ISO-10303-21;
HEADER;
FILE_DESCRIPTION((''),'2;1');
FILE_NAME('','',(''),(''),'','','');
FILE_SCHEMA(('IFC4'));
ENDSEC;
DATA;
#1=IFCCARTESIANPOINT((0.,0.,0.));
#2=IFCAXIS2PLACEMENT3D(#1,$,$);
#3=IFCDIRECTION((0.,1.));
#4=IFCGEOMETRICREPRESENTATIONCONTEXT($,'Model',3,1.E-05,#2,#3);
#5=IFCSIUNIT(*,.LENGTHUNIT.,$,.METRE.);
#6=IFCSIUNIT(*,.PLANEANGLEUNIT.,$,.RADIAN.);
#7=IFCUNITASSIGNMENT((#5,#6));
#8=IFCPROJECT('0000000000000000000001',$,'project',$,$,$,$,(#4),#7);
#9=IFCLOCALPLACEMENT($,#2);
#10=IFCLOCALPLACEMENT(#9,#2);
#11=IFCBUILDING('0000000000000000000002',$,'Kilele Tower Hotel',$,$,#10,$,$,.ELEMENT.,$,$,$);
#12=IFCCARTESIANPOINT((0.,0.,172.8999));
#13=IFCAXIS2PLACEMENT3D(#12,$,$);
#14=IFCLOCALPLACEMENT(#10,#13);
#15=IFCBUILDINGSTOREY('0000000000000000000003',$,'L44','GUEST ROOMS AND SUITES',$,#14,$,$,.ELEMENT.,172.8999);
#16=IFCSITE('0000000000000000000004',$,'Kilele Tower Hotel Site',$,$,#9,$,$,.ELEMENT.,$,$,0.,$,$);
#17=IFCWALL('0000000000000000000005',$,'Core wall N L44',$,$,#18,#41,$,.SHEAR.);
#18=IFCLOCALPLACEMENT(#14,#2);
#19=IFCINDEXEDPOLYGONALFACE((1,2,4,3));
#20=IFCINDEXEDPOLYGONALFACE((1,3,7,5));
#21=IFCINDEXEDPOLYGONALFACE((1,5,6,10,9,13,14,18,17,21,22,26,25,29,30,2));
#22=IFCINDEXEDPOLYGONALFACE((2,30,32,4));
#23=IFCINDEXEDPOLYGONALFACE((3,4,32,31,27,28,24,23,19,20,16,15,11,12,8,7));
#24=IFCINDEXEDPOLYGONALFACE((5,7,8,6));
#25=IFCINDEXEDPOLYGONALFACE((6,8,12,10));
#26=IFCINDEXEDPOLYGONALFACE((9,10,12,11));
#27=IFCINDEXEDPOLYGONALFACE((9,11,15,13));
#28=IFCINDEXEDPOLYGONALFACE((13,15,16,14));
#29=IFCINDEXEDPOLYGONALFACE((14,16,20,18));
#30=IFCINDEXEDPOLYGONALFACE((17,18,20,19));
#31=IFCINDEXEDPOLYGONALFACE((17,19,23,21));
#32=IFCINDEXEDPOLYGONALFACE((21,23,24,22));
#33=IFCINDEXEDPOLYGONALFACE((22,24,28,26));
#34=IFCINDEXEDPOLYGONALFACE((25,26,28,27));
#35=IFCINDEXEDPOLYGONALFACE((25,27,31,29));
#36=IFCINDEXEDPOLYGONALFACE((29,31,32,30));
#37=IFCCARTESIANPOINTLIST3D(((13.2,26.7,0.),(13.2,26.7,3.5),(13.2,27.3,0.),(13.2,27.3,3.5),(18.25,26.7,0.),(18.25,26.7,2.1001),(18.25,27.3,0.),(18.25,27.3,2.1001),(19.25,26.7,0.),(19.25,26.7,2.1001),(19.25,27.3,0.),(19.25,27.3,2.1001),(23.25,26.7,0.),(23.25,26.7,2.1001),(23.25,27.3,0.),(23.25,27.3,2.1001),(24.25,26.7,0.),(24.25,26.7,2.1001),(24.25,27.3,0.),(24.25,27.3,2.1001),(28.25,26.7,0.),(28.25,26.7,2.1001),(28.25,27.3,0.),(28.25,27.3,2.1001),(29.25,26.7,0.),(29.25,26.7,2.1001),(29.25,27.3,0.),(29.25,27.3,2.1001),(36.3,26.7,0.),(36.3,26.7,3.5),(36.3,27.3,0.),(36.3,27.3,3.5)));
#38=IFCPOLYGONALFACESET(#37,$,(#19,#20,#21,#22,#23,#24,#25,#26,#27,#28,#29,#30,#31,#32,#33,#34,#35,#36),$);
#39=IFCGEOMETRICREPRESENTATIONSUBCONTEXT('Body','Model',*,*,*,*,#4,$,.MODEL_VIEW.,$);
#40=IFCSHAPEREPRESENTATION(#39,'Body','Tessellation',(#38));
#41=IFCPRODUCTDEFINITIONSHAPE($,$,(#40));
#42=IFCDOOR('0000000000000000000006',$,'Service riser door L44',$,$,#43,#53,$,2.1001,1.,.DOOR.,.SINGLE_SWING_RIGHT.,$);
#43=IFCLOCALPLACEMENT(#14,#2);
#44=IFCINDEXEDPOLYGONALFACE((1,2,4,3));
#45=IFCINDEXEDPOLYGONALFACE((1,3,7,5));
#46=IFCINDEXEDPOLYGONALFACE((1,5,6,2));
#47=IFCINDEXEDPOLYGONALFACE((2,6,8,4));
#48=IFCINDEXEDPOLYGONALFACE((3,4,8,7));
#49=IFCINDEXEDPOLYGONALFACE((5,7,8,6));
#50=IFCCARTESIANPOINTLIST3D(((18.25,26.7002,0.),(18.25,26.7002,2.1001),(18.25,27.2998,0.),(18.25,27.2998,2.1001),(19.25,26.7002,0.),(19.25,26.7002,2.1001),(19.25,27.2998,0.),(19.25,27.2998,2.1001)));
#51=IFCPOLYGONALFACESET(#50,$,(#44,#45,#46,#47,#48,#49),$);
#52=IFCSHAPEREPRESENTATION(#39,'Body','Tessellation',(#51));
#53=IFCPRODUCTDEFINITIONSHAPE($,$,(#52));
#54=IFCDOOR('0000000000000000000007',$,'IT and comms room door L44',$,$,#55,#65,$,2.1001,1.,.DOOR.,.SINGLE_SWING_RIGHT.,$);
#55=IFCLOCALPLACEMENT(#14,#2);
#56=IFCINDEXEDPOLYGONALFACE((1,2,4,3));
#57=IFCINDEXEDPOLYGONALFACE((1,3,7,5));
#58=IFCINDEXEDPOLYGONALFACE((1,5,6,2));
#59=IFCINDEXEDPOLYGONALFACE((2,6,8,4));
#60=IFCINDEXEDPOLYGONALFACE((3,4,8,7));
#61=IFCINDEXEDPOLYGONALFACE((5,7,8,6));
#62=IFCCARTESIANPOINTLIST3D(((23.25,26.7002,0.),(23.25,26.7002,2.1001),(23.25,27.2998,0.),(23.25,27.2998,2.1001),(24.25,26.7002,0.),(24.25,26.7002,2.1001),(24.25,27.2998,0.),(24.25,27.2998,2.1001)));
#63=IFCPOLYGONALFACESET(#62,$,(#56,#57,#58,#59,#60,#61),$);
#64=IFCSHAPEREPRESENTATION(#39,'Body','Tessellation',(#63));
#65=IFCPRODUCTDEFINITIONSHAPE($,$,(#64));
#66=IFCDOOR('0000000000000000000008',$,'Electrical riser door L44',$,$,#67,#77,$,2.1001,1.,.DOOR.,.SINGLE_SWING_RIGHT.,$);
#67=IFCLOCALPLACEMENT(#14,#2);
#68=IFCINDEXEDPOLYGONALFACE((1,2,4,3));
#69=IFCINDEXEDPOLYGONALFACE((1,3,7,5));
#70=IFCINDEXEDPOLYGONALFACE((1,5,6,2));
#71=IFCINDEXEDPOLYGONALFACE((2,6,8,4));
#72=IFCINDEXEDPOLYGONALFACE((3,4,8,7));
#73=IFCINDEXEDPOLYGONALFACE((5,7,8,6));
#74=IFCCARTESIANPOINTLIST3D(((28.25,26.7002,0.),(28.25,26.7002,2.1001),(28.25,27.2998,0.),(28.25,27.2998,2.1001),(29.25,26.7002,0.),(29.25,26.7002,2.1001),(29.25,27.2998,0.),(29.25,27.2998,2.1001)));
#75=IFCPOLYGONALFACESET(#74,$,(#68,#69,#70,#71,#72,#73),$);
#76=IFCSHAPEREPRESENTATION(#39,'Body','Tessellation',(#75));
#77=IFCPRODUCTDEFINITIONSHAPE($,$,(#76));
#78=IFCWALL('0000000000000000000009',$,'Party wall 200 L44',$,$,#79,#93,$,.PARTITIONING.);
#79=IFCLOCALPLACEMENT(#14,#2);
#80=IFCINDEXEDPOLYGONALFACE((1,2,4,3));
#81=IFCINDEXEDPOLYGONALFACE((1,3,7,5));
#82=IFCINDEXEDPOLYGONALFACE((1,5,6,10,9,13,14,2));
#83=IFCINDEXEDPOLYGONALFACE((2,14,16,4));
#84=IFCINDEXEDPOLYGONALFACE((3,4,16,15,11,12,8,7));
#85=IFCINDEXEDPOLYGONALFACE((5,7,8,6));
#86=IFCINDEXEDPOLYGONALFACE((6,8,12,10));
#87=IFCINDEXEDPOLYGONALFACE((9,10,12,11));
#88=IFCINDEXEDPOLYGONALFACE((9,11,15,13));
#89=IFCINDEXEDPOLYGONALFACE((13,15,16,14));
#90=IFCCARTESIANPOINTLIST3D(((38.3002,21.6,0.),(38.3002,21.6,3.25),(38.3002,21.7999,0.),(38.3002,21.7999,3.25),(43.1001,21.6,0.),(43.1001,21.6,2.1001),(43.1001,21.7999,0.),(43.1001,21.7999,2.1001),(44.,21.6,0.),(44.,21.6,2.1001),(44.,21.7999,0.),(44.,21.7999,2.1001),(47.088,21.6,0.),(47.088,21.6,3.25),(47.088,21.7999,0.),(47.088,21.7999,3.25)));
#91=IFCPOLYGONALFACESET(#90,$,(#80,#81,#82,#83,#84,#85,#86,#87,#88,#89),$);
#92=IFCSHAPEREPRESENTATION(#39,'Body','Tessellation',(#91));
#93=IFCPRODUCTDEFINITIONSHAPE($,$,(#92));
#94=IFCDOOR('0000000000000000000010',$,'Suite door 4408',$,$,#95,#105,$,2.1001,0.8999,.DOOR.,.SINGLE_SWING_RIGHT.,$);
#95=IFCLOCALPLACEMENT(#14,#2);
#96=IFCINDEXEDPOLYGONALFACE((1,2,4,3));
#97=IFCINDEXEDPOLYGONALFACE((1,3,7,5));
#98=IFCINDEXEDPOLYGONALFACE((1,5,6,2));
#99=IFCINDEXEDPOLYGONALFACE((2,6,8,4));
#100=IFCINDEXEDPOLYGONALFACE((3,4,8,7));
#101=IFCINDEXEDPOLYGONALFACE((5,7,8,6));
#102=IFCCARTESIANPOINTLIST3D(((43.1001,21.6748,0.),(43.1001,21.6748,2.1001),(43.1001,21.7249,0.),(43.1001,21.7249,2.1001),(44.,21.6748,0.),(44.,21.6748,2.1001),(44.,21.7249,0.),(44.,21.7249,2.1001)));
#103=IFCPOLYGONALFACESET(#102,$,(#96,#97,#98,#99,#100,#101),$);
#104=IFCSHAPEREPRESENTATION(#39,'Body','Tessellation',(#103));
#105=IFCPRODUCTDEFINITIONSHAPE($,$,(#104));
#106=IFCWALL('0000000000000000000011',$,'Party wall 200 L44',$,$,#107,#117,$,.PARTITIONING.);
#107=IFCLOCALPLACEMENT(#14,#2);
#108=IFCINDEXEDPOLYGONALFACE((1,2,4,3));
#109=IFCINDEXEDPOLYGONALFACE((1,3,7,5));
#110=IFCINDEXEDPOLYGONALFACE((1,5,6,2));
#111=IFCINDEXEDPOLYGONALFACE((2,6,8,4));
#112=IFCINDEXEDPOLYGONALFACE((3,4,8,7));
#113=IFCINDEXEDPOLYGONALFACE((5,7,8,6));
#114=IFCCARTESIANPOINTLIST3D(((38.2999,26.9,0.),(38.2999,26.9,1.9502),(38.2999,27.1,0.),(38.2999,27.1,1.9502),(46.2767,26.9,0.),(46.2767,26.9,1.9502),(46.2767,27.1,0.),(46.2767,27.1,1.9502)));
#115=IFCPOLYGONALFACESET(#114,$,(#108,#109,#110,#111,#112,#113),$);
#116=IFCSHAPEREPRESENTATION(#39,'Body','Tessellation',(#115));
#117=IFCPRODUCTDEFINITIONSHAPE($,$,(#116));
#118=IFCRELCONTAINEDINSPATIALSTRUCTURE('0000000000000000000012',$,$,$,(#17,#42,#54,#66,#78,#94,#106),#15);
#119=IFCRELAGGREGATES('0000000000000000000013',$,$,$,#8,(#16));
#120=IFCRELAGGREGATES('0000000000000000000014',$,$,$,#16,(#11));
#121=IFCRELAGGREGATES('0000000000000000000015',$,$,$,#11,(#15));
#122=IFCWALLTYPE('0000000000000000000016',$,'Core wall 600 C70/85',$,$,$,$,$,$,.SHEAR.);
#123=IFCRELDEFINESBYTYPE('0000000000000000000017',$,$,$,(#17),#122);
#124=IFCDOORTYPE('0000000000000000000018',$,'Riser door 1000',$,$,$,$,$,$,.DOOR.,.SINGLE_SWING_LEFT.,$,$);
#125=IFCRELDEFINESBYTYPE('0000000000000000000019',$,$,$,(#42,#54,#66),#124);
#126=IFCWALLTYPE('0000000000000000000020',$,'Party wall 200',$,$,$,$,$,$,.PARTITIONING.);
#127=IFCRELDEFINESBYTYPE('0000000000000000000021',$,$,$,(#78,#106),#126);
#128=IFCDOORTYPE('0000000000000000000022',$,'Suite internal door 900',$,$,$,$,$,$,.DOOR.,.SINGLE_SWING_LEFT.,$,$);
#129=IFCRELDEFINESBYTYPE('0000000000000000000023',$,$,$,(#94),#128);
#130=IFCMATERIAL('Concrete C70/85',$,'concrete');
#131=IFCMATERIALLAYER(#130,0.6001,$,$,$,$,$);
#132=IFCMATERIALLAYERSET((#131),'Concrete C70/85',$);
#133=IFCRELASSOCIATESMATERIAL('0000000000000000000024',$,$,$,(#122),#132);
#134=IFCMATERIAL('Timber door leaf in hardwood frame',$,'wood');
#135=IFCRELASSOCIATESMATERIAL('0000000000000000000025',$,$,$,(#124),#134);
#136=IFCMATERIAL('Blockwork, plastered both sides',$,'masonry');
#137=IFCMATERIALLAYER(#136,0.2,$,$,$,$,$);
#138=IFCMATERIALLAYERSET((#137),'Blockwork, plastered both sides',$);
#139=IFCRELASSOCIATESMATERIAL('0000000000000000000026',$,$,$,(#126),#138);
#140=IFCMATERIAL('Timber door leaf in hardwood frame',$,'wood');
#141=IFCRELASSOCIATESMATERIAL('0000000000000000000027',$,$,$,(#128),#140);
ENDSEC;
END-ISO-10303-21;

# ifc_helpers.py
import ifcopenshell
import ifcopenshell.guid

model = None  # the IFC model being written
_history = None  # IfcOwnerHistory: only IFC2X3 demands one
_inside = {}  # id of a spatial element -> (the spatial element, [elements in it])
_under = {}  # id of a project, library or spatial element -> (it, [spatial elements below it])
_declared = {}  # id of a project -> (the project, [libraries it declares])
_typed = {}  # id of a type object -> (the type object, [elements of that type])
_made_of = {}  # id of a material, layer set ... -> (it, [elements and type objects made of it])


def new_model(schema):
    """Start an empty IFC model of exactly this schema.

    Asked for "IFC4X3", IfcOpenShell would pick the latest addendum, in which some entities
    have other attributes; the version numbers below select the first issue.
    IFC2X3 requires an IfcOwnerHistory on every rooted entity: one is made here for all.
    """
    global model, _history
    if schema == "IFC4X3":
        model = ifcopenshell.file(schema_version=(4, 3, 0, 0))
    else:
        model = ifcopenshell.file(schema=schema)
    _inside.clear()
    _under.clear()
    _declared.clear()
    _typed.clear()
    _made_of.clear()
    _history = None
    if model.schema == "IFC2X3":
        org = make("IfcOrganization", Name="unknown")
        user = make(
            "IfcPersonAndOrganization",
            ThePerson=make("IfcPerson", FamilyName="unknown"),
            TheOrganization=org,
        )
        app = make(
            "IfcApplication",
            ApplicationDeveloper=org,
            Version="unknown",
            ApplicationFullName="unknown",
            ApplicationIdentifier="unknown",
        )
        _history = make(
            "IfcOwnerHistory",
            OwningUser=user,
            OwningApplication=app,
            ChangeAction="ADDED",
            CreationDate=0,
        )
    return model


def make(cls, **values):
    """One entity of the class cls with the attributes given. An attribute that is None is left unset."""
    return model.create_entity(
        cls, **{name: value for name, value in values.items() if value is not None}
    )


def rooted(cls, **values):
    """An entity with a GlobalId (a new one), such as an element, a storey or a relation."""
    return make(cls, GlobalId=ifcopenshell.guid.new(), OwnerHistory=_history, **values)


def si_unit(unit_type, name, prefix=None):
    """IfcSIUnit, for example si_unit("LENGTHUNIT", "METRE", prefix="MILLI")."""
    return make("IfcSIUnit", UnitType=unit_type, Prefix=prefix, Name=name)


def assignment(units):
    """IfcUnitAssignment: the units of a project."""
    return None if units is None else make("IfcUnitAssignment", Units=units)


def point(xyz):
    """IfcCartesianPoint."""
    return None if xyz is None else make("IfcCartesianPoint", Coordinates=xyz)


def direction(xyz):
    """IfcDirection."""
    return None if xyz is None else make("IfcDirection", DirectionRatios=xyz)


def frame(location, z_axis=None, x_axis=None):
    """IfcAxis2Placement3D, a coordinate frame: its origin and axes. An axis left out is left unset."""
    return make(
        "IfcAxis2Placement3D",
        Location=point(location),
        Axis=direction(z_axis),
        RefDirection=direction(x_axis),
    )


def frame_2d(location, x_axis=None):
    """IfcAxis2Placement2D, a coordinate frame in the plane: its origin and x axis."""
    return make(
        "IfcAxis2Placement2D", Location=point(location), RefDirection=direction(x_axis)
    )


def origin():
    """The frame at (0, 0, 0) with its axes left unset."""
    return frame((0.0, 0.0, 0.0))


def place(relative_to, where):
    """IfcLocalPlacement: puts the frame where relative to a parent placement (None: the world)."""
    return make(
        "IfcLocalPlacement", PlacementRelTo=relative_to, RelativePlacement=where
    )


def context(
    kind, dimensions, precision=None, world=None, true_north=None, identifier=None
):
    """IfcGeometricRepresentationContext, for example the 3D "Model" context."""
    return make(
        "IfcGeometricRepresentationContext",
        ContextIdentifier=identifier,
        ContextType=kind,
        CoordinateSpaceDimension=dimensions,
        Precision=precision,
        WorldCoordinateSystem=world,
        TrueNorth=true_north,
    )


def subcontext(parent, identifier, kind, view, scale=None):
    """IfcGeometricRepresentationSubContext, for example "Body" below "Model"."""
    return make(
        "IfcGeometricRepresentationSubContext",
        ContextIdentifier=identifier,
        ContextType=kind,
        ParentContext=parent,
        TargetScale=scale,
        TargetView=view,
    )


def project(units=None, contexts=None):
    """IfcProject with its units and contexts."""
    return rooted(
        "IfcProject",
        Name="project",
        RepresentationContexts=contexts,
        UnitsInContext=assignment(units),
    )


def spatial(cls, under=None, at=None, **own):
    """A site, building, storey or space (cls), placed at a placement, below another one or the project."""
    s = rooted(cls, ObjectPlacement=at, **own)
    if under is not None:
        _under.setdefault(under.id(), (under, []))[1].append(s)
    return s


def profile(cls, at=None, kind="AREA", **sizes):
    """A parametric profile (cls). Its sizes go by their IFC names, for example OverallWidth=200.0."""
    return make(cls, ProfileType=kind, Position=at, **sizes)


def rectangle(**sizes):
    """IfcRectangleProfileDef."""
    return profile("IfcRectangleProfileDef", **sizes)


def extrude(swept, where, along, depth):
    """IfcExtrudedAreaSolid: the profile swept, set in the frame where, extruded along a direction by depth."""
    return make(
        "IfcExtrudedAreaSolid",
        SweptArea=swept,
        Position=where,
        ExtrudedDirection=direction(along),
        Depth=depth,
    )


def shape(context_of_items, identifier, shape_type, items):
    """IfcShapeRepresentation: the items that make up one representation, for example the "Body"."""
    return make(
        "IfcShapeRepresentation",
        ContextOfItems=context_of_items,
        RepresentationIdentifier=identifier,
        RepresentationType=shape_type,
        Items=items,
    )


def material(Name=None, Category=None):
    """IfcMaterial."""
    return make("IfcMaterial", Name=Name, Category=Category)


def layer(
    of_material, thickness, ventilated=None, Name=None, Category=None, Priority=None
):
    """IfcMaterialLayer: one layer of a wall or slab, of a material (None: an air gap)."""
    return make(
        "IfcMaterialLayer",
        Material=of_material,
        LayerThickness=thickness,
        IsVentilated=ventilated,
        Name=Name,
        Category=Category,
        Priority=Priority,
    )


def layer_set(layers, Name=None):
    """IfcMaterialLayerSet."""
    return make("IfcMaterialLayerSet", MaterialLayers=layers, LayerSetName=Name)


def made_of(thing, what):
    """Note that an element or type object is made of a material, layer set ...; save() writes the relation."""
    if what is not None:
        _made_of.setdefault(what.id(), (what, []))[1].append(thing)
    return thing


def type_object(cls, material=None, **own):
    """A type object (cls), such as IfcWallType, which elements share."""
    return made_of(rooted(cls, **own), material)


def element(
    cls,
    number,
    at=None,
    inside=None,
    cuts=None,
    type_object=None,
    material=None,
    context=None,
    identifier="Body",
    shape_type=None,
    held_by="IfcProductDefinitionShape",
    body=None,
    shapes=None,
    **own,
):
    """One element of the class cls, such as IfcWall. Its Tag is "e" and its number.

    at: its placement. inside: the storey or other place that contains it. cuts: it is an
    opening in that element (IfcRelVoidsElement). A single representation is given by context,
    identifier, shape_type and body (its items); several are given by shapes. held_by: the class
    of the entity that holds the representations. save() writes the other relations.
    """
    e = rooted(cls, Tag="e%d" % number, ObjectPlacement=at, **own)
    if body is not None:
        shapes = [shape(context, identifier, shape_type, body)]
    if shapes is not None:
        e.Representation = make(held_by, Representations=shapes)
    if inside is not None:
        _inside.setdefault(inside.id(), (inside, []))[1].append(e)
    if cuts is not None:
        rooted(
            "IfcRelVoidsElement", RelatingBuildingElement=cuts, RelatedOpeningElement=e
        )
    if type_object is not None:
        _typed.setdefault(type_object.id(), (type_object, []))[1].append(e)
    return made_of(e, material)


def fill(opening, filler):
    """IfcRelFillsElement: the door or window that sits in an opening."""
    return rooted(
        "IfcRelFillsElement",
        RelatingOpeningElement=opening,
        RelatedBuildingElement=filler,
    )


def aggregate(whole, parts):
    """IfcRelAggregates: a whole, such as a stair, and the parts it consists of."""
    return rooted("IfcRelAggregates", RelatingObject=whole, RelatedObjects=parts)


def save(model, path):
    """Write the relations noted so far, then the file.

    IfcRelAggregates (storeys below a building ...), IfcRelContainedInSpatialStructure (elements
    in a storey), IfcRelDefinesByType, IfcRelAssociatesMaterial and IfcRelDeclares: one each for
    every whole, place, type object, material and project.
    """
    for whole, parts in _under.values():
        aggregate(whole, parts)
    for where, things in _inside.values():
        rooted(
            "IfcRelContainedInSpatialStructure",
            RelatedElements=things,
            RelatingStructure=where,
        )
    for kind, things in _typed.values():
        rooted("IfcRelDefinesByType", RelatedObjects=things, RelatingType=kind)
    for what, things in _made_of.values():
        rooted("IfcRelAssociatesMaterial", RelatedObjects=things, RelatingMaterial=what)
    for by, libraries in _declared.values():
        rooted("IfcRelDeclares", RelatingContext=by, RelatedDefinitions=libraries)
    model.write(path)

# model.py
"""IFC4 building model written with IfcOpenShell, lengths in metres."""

from ifc_helpers import new_model, si_unit, direction, frame, frame_2d, origin, place, context, subcontext, project, spatial, rectangle, extrude, material, layer, layer_set, type_object, element, fill, save


model = new_model("IFC4")

# Units and contexts
model_context = context("Model", 3, precision=1e-05, world=origin(), true_north=direction((0.0, 1.0)))
body_context = subcontext(model_context, "Body", "Model", "MODEL_VIEW")
ifc_project = project(units=[si_unit("LENGTHUNIT", "METRE"), si_unit("PLANEANGLEUNIT", "RADIAN")], contexts=[model_context])

# Site, building, storey
site_placement = place(None, origin())
site = spatial("IfcSite", under=ifc_project, at=site_placement, Name="Kilele Tower Hotel Site", CompositionType="ELEMENT", RefElevation=0.0)
building_placement = place(site_placement, origin())
building = spatial("IfcBuilding", under=site, at=building_placement, Name="Kilele Tower Hotel", CompositionType="ELEMENT")
storey_placement = place(building_placement, frame((0.0, 0.0, 172.8999)))
storey = spatial("IfcBuildingStorey", under=building, at=storey_placement, Name="L44", Description="GUEST ROOMS AND SUITES", CompositionType="ELEMENT", Elevation=172.8999)

# Wall, openings, doors
ifc_material_1 = material(Name="Concrete C70/85", Category="concrete")
ifc_layer_1 = layer(ifc_material_1, 0.6001)
ifc_layer_set_1 = layer_set([ifc_layer_1], Name="Concrete C70/85")
wall_type_1 = type_object("IfcWallType", Name="Core wall 600 C70/85", PredefinedType="SHEAR", material=ifc_layer_set_1)
wall_1_placement = place(storey_placement, frame((36.3, 27.0, 0.0), z_axis=(0.0, 0.0, 1.0), x_axis=(-1.0, 0.0, 0.0)))
wall_1 = element("IfcWall", 1, at=wall_1_placement, inside=storey, type_object=wall_type_1, Name="Core wall N L44", PredefinedType="SHEAR", context=body_context, shape_type="SweptSolid", body=[
    extrude(rectangle(XDim=23.1001, YDim=0.6001, at=frame_2d((11.55, 0.0))), origin(), (0.0, 0.0, 1.0), 3.5),
])
opening_1_placement = place(wall_1_placement, frame((17.05, 0.0, 0.0)))
opening_1 = element("IfcOpeningElement", 2, at=opening_1_placement, cuts=wall_1, PredefinedType="OPENING", context=body_context, shape_type="SweptSolid", body=[
    extrude(rectangle(XDim=1.0, YDim=2.1001, at=frame_2d((0.5, 1.05))), frame((0.0, 0.3101, 0.0), z_axis=(0.0, -1.0, 0.0), x_axis=(1.0, 0.0, 0.0)), (0.0, 0.0, 1.0), 0.6201),
])
opening_2_placement = place(wall_1_placement, frame((12.05, 0.0, 0.0)))
opening_2 = element("IfcOpeningElement", 3, at=opening_2_placement, cuts=wall_1, PredefinedType="OPENING", context=body_context, shape_type="SweptSolid", body=[
    extrude(rectangle(XDim=1.0, YDim=2.1001, at=frame_2d((0.5, 1.05))), frame((0.0, 0.3101, 0.0), z_axis=(0.0, -1.0, 0.0), x_axis=(1.0, 0.0, 0.0)), (0.0, 0.0, 1.0), 0.6201),
])
opening_3_placement = place(wall_1_placement, frame((7.05, 0.0, 0.0)))
opening_3 = element("IfcOpeningElement", 4, at=opening_3_placement, cuts=wall_1, PredefinedType="OPENING", context=body_context, shape_type="SweptSolid", body=[
    extrude(rectangle(XDim=1.0, YDim=2.1001, at=frame_2d((0.5, 1.05))), frame((0.0, 0.3101, 0.0), z_axis=(0.0, -1.0, 0.0), x_axis=(1.0, 0.0, 0.0)), (0.0, 0.0, 1.0), 0.6201),
])
ifc_material_2 = material(Name="Timber door leaf in hardwood frame", Category="wood")
door_type_1 = type_object("IfcDoorType", Name="Riser door 1000", OperationType="SINGLE_SWING_LEFT", PredefinedType="DOOR", material=ifc_material_2)
door_1_placement = place(opening_1_placement, origin())
door_1 = element("IfcDoor", 5, at=door_1_placement, inside=storey, type_object=door_type_1, Name="Service riser door L44", OperationType="SINGLE_SWING_RIGHT", OverallHeight=2.1001, OverallWidth=1.0, PredefinedType="DOOR", context=body_context, shape_type="SweptSolid", body=[
    extrude(rectangle(XDim=1.0, YDim=2.1001, at=frame_2d((0.5, 1.05))), frame((0.0, 0.2998, 0.0), z_axis=(0.0, -1.0, 0.0), x_axis=(1.0, 0.0, 0.0)), (0.0, 0.0, 1.0), 0.5996),
])
fill(opening_1, door_1)
door_2_placement = place(opening_2_placement, origin())
door_2 = element("IfcDoor", 6, at=door_2_placement, inside=storey, type_object=door_type_1, Name="IT and comms room door L44", OperationType="SINGLE_SWING_RIGHT", OverallHeight=2.1001, OverallWidth=1.0, PredefinedType="DOOR", context=body_context, shape_type="SweptSolid", body=[
    extrude(rectangle(XDim=1.0, YDim=2.1001, at=frame_2d((0.5, 1.05))), frame((0.0, 0.2998, 0.0), z_axis=(0.0, -1.0, 0.0), x_axis=(1.0, 0.0, 0.0)), (0.0, 0.0, 1.0), 0.5996),
])
fill(opening_2, door_2)
door_3_placement = place(opening_3_placement, origin())
door_3 = element("IfcDoor", 7, at=door_3_placement, inside=storey, type_object=door_type_1, Name="Electrical riser door L44", OperationType="SINGLE_SWING_RIGHT", OverallHeight=2.1001, OverallWidth=1.0, PredefinedType="DOOR", context=body_context, shape_type="SweptSolid", body=[
    extrude(rectangle(XDim=1.0, YDim=2.1001, at=frame_2d((0.5, 1.05))), frame((0.0, 0.2998, 0.0), z_axis=(0.0, -1.0, 0.0), x_axis=(1.0, 0.0, 0.0)), (0.0, 0.0, 1.0), 0.5996),
])
fill(opening_3, door_3)

# Wall, opening, door
ifc_material_3 = material(Name="Blockwork, plastered both sides", Category="masonry")
ifc_layer_2 = layer(ifc_material_3, 0.2)
ifc_layer_set_2 = layer_set([ifc_layer_2], Name="Blockwork, plastered both sides")
wall_type_2 = type_object("IfcWallType", Name="Party wall 200", PredefinedType="PARTITIONING", material=ifc_layer_set_2)
wall_2_placement = place(storey_placement, frame((38.3, 21.7, 0.0), z_axis=(0.0, 0.0, 1.0), x_axis=(1.0, 0.0, 0.0)))
wall_2 = element("IfcWall", 8, at=wall_2_placement, inside=storey, type_object=wall_type_2, Name="Party wall 200 L44", PredefinedType="PARTITIONING", context=body_context, shape_type="SweptSolid", body=[
    extrude(rectangle(XDim=8.7878, YDim=0.2, at=frame_2d((4.394, 0.0))), origin(), (0.0, 0.0, 1.0), 3.25),
])
opening_4_placement = place(wall_2_placement, frame((4.8, 0.0, 0.0)))
opening_4 = element("IfcOpeningElement", 9, at=opening_4_placement, cuts=wall_2, PredefinedType="OPENING", context=body_context, shape_type="SweptSolid", body=[
    extrude(rectangle(XDim=0.8999, YDim=2.1001, at=frame_2d((0.45, 1.05))), frame((0.0, 0.1099, 0.0), z_axis=(0.0, -1.0, 0.0), x_axis=(1.0, 0.0, 0.0)), (0.0, 0.0, 1.0), 0.22),
])
ifc_material_4 = material(Name="Timber door leaf in hardwood frame", Category="wood")
door_type_2 = type_object("IfcDoorType", Name="Suite internal door 900", OperationType="SINGLE_SWING_LEFT", PredefinedType="DOOR", material=ifc_material_4)
door_4_placement = place(opening_4_placement, origin())
door_4 = element("IfcDoor", 10, at=door_4_placement, inside=storey, type_object=door_type_2, Name="Suite door 4408", OperationType="SINGLE_SWING_RIGHT", OverallHeight=2.1001, OverallWidth=0.8999, PredefinedType="DOOR", context=body_context, shape_type="SweptSolid", body=[
    extrude(rectangle(XDim=0.8999, YDim=2.1001, at=frame_2d((0.45, 1.05))), frame((0.0, 0.0249, 0.0), z_axis=(0.0, -1.0, 0.0), x_axis=(1.0, 0.0, 0.0)), (0.0, 0.0, 1.0), 0.05),
])
fill(opening_4, door_4)

# Wall
wall_3_placement = place(storey_placement, frame((38.3, 27.0, 0.0), z_axis=(0.0, 0.0, 1.0), x_axis=(1.0, 0.0, 0.0)))
element("IfcWall", 11, at=wall_3_placement, inside=storey, type_object=wall_type_2, Name="Party wall 200 L44", PredefinedType="PARTITIONING", context=body_context, shape_type="SweptSolid", body=[
    extrude(rectangle(XDim=7.9768, YDim=0.2, at=frame_2d((3.9883, 0.0))), origin(), (0.0, 0.0, 1.0), 1.9502),
])

save(model, "model.ifc")
